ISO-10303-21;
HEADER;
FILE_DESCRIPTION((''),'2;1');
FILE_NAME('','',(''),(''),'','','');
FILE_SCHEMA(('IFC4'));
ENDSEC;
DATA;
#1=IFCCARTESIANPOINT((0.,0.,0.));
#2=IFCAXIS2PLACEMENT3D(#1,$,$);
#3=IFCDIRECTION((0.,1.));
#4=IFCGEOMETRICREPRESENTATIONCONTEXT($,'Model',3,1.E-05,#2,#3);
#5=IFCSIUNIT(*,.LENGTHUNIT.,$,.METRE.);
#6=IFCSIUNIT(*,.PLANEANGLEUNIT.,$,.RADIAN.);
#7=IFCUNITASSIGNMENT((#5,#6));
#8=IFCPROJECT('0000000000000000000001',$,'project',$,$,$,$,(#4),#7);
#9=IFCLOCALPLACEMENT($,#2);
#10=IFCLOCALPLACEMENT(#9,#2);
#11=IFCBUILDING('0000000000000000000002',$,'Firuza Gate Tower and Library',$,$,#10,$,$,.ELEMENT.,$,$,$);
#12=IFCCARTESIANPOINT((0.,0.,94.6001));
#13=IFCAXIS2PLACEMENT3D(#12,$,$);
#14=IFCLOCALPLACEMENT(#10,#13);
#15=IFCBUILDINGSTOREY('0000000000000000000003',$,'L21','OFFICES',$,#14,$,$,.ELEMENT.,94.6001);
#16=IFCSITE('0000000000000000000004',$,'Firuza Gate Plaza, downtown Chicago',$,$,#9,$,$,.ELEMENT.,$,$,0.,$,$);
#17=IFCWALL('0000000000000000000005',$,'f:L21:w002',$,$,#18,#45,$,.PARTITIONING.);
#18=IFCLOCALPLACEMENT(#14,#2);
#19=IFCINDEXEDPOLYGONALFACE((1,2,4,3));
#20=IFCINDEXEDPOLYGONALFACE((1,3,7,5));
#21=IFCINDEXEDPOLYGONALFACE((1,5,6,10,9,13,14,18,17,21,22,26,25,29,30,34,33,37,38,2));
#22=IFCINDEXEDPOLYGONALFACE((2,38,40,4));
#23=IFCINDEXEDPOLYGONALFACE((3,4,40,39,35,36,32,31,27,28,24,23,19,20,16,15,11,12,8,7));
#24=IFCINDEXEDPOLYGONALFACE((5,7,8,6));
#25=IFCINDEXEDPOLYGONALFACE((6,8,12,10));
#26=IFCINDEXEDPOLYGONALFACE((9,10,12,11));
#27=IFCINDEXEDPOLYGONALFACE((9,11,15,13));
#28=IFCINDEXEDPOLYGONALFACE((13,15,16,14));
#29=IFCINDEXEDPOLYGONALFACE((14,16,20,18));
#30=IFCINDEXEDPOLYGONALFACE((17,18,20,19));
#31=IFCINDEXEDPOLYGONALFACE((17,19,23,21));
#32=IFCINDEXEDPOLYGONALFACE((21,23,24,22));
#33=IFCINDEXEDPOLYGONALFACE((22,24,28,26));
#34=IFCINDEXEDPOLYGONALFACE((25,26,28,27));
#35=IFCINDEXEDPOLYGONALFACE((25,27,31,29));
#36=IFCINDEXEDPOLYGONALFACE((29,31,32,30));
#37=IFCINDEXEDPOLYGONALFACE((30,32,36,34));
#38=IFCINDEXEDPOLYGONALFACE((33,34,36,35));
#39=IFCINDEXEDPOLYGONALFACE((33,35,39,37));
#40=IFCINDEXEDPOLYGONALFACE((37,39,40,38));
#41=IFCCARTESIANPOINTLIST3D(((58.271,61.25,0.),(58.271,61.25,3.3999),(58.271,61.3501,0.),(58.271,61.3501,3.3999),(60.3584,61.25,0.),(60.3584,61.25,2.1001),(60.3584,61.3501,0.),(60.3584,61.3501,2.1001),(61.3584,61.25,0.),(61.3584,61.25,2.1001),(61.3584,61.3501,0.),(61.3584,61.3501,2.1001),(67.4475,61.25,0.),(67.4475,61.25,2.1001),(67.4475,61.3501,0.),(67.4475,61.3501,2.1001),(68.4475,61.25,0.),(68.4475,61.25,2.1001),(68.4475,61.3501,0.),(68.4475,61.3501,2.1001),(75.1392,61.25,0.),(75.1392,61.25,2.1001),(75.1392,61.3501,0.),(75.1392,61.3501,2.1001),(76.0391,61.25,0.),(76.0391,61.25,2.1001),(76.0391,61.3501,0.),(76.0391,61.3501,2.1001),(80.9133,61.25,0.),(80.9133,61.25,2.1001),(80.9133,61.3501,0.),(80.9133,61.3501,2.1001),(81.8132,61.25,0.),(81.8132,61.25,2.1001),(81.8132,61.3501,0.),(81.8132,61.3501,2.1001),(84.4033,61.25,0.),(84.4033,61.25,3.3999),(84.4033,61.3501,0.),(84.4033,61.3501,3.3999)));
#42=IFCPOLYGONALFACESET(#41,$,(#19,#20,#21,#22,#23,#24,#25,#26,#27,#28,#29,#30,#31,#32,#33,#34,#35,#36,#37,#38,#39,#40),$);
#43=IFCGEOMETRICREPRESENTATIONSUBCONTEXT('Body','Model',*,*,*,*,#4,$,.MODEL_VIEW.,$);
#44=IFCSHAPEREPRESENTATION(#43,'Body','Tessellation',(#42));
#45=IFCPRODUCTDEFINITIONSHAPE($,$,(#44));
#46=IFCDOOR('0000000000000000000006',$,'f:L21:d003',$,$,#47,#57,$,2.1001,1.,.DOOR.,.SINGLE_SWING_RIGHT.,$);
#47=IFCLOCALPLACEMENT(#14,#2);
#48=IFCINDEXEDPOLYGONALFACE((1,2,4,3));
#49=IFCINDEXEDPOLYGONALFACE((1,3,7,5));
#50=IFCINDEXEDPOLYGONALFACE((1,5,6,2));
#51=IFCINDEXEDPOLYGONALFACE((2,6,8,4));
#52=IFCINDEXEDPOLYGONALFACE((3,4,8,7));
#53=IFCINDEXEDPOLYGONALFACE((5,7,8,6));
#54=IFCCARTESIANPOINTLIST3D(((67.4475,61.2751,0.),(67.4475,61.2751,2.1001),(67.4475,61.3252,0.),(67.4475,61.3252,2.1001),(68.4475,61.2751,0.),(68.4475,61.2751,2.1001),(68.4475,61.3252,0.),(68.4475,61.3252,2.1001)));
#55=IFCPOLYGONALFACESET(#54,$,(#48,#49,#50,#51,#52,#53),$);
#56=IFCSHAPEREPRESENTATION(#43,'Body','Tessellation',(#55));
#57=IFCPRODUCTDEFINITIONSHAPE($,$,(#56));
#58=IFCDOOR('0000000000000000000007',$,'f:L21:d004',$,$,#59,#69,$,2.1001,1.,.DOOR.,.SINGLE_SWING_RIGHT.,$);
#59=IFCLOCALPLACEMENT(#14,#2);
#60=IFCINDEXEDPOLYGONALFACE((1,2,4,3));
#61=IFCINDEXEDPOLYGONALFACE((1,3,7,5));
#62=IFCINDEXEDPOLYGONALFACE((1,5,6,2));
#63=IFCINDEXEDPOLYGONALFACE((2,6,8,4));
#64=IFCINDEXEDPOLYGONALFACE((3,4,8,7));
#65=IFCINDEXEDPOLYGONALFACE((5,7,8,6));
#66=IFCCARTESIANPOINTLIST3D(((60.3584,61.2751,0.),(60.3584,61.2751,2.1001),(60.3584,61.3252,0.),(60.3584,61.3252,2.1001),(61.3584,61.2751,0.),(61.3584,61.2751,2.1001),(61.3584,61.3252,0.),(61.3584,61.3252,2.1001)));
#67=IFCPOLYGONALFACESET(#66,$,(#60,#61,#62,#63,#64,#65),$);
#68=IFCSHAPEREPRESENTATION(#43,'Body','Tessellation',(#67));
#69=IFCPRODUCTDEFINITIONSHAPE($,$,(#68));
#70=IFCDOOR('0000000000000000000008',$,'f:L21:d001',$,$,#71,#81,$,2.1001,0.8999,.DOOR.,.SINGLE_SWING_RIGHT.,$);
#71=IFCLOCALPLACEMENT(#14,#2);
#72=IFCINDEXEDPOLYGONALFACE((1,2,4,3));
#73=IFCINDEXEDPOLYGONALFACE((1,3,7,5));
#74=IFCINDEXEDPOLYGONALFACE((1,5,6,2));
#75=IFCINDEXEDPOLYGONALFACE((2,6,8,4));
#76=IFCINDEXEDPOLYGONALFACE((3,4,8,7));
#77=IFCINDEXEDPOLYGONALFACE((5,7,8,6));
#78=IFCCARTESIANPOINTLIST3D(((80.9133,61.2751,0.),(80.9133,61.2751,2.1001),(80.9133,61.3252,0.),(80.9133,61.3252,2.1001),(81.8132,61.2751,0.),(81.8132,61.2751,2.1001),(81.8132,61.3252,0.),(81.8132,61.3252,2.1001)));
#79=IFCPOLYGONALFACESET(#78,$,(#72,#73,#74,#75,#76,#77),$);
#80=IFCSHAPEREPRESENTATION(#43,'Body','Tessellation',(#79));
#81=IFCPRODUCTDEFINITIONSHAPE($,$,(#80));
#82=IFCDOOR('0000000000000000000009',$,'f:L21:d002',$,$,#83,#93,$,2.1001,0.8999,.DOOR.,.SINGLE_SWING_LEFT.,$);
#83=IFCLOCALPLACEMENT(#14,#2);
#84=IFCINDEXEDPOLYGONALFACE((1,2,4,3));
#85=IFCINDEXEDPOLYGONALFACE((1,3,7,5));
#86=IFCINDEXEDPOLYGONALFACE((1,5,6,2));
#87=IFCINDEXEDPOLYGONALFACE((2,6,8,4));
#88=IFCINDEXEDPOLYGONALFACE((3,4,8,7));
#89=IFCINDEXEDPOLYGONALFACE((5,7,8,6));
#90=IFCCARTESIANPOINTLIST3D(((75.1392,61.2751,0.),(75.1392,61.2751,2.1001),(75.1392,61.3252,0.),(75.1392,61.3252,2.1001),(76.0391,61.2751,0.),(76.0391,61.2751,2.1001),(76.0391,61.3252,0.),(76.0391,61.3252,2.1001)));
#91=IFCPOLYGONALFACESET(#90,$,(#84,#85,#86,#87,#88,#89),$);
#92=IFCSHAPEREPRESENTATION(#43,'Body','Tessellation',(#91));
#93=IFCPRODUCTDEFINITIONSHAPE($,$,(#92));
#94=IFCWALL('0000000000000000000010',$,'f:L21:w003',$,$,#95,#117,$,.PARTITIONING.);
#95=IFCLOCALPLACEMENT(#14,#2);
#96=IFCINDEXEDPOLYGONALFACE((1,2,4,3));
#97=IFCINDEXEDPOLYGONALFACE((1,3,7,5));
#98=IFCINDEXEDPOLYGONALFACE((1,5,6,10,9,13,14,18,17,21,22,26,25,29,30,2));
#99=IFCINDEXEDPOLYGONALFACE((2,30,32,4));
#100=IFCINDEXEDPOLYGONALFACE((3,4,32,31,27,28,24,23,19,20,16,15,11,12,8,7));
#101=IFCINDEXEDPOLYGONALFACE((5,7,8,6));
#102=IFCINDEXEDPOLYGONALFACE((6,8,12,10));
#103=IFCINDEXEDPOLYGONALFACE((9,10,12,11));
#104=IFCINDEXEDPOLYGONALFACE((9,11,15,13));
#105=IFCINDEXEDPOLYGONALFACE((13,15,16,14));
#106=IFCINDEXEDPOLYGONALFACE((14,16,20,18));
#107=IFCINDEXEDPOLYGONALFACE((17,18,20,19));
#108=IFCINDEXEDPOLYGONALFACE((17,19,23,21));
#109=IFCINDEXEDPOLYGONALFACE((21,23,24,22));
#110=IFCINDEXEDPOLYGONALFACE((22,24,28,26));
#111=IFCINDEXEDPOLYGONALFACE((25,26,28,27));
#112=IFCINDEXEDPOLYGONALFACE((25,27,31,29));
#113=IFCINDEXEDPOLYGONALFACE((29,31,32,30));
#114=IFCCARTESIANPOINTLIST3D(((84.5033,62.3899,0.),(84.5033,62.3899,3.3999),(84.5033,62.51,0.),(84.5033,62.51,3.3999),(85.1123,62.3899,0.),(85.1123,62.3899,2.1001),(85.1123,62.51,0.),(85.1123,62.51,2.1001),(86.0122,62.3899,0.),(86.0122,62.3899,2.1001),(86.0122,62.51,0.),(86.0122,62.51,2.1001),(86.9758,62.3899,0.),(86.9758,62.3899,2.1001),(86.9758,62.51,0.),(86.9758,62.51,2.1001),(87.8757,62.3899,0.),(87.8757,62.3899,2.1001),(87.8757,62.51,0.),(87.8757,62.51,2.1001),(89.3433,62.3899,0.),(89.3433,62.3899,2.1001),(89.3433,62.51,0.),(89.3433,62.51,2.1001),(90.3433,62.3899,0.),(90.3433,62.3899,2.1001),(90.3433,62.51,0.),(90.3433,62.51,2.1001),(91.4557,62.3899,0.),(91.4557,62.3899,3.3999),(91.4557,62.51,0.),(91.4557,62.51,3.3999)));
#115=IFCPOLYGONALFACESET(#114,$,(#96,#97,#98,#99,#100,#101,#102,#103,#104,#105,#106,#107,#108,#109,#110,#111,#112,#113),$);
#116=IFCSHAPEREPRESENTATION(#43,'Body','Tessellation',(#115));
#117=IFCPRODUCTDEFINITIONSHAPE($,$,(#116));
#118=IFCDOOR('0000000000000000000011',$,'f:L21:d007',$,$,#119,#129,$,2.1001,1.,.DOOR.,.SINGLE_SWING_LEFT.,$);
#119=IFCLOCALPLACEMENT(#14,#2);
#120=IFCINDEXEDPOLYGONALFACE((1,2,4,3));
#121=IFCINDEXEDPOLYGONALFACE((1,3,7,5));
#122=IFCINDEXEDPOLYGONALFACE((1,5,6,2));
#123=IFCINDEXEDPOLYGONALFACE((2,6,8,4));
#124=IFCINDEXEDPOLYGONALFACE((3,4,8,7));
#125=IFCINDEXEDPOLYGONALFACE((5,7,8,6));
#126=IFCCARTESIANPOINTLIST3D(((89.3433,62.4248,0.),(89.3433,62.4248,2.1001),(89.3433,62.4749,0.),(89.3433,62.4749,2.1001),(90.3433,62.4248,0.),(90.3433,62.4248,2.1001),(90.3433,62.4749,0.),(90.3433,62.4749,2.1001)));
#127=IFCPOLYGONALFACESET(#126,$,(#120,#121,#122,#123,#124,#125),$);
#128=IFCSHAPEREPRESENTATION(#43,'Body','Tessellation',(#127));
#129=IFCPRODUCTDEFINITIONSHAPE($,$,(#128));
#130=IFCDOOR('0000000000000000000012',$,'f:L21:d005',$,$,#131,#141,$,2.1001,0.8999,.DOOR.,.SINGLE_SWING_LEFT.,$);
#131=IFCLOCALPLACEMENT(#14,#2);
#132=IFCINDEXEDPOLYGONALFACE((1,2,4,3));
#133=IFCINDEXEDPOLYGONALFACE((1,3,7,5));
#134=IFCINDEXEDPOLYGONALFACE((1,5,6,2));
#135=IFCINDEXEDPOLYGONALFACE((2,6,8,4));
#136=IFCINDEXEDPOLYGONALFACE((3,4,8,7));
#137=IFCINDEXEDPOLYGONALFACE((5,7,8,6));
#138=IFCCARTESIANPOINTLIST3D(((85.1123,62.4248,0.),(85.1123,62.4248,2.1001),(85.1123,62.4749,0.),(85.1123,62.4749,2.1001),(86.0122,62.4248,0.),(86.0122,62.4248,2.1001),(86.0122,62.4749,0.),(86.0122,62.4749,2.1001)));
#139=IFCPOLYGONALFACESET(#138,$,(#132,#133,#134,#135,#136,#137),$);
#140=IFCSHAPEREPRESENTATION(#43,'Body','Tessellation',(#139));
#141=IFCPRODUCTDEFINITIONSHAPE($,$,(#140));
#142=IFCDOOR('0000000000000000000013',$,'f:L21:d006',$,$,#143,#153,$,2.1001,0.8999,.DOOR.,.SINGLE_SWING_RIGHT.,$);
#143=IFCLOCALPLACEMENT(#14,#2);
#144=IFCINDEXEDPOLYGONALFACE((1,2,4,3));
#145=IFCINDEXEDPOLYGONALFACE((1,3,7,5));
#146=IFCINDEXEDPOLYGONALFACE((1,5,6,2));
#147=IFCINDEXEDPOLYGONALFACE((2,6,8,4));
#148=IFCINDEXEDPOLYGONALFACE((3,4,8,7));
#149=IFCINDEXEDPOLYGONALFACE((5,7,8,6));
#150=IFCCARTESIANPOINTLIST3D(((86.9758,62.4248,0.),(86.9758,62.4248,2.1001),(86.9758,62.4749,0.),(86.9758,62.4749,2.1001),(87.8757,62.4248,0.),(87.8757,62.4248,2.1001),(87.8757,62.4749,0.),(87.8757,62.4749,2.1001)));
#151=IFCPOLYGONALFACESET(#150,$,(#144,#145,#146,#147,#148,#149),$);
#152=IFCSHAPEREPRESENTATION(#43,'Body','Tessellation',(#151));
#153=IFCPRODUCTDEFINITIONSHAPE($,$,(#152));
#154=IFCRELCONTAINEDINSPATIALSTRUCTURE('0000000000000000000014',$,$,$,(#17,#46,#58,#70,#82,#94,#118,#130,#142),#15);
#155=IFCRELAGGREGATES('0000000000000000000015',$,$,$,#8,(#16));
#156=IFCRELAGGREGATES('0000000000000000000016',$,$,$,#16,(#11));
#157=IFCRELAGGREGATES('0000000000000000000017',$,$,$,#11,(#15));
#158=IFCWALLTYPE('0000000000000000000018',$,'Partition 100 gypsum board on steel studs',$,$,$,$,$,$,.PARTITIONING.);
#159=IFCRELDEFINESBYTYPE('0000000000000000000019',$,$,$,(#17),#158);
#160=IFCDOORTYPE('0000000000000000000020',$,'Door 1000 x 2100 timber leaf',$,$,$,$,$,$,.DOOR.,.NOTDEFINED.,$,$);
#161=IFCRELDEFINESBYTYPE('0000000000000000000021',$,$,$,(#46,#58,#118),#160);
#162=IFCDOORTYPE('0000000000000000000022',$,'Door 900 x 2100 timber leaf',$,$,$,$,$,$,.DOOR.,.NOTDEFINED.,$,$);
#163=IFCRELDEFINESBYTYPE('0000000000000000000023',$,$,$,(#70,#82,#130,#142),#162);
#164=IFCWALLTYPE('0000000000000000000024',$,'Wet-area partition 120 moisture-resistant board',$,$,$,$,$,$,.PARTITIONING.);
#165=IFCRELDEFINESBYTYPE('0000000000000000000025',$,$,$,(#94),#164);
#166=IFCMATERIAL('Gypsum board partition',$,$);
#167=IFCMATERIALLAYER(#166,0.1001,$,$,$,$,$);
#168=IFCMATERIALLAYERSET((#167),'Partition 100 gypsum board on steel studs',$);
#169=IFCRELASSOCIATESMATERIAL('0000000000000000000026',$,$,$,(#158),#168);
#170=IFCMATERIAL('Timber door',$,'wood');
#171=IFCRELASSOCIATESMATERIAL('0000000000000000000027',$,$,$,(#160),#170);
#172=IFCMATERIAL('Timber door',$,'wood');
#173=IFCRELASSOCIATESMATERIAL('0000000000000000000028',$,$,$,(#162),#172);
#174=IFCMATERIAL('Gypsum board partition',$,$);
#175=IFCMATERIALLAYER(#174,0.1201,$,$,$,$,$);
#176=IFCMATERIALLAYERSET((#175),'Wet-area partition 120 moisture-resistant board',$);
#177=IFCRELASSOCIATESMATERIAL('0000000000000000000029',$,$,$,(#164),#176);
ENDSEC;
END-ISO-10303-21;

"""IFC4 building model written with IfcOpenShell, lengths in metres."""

from ifc_helpers import new_model, si_unit, direction, frame, frame_2d, origin, place, context, subcontext, project, spatial, rectangle, extrude, material, layer, layer_set, type_object, element, fill, save


model = new_model("IFC4")

# Units and contexts
model_context = context("Model", 3, precision=1e-05, world=origin(), true_north=direction((0.0, 1.0)))
body_context = subcontext(model_context, "Body", "Model", "MODEL_VIEW")
ifc_project = project(units=[si_unit("LENGTHUNIT", "METRE"), si_unit("PLANEANGLEUNIT", "RADIAN")], contexts=[model_context])

# Site, building, storey
site_placement = place(None, origin())
site = spatial("IfcSite", under=ifc_project, at=site_placement, Name="Firuza Gate Plaza, downtown Chicago", CompositionType="ELEMENT", RefElevation=0.0)
building_placement = place(site_placement, origin())
building = spatial("IfcBuilding", under=site, at=building_placement, Name="Firuza Gate Tower and Library", CompositionType="ELEMENT")
storey_placement = place(building_placement, frame((0.0, 0.0, 94.6001)))
storey = spatial("IfcBuildingStorey", under=building, at=storey_placement, Name="L21", Description="OFFICES", CompositionType="ELEMENT", Elevation=94.6001)

# Walls, openings, doors
ifc_material_1 = material(Name="Gypsum board partition")
ifc_layer_1 = layer(ifc_material_1, 0.1001)
ifc_layer_set_1 = layer_set([ifc_layer_1], Name="Partition 100 gypsum board on steel studs")
wall_type_1 = type_object("IfcWallType", Name="Partition 100 gypsum board on steel studs", PredefinedType="PARTITIONING", material=ifc_layer_set_1)
wall_1_placement = place(storey_placement, frame((84.4033, 61.3, 0.0), z_axis=(0.0, 0.0, 1.0), x_axis=(-1.0, 0.0, 0.0)))
wall_1 = element("IfcWall", 1, at=wall_1_placement, inside=storey, type_object=wall_type_1, Name="f:L21:w002", PredefinedType="PARTITIONING", context=body_context, shape_type="SweptSolid", body=[
    extrude(rectangle(XDim=26.1323, YDim=0.1001, at=frame_2d((13.0662, 0.0))), origin(), (0.0, 0.0, 1.0), 3.3999),
])
opening_1_placement = place(wall_1_placement, frame((2.5901, 0.0, 0.0)))
opening_1 = element("IfcOpeningElement", 2, at=opening_1_placement, cuts=wall_1, PredefinedType="OPENING", context=body_context, shape_type="SweptSolid", body=[
    extrude(rectangle(XDim=0.8999, YDim=2.1001, at=frame_2d((0.45, 1.05))), frame((0.0, 0.0601, 0.0), z_axis=(0.0, -1.0, 0.0), x_axis=(1.0, 0.0, 0.0)), (0.0, 0.0, 1.0), 0.1201),
])
opening_2_placement = place(wall_1_placement, frame((8.3643, 0.0, 0.0)))
opening_2 = element("IfcOpeningElement", 3, at=opening_2_placement, cuts=wall_1, PredefinedType="OPENING", context=body_context, shape_type="SweptSolid", body=[
    extrude(rectangle(XDim=0.8999, YDim=2.1001, at=frame_2d((0.45, 1.05))), frame((0.0, 0.0601, 0.0), z_axis=(0.0, -1.0, 0.0), x_axis=(1.0, 0.0, 0.0)), (0.0, 0.0, 1.0), 0.1201),
])
opening_3_placement = place(wall_1_placement, frame((15.9558, 0.0, 0.0)))
opening_3 = element("IfcOpeningElement", 4, at=opening_3_placement, cuts=wall_1, PredefinedType="OPENING", context=body_context, shape_type="SweptSolid", body=[
    extrude(rectangle(XDim=1.0, YDim=2.1001, at=frame_2d((0.5, 1.05))), frame((0.0, 0.0601, 0.0), z_axis=(0.0, -1.0, 0.0), x_axis=(1.0, 0.0, 0.0)), (0.0, 0.0, 1.0), 0.1201),
])
opening_4_placement = place(wall_1_placement, frame((23.0449, 0.0, 0.0)))
opening_4 = element("IfcOpeningElement", 5, at=opening_4_placement, cuts=wall_1, PredefinedType="OPENING", context=body_context, shape_type="SweptSolid", body=[
    extrude(rectangle(XDim=1.0, YDim=2.1001, at=frame_2d((0.5, 1.05))), frame((0.0, 0.0601, 0.0), z_axis=(0.0, -1.0, 0.0), x_axis=(1.0, 0.0, 0.0)), (0.0, 0.0, 1.0), 0.1201),
])
ifc_material_2 = material(Name="Timber door", Category="wood")
door_type_1 = type_object("IfcDoorType", Name="Door 1000 x 2100 timber leaf", OperationType="NOTDEFINED", PredefinedType="DOOR", material=ifc_material_2)
door_1_placement = place(opening_3_placement, origin())
door_1 = element("IfcDoor", 6, at=door_1_placement, inside=storey, type_object=door_type_1, Name="f:L21:d003", OperationType="SINGLE_SWING_RIGHT", OverallHeight=2.1001, OverallWidth=1.0, PredefinedType="DOOR", context=body_context, shape_type="SweptSolid", body=[
    extrude(rectangle(XDim=1.0, YDim=2.1001, at=frame_2d((0.5, 1.05))), frame((0.0, 0.0249, 0.0), z_axis=(0.0, -1.0, 0.0), x_axis=(1.0, 0.0, 0.0)), (0.0, 0.0, 1.0), 0.05),
])
fill(opening_3, door_1)
door_2_placement = place(opening_4_placement, origin())
door_2 = element("IfcDoor", 7, at=door_2_placement, inside=storey, type_object=door_type_1, Name="f:L21:d004", OperationType="SINGLE_SWING_RIGHT", OverallHeight=2.1001, OverallWidth=1.0, PredefinedType="DOOR", context=body_context, shape_type="SweptSolid", body=[
    extrude(rectangle(XDim=1.0, YDim=2.1001, at=frame_2d((0.5, 1.05))), frame((0.0, 0.0249, 0.0), z_axis=(0.0, -1.0, 0.0), x_axis=(1.0, 0.0, 0.0)), (0.0, 0.0, 1.0), 0.05),
])
fill(opening_4, door_2)
ifc_material_3 = material(Name="Timber door", Category="wood")
door_type_2 = type_object("IfcDoorType", Name="Door 900 x 2100 timber leaf", OperationType="NOTDEFINED", PredefinedType="DOOR", material=ifc_material_3)
door_3_placement = place(opening_1_placement, origin())
door_3 = element("IfcDoor", 8, at=door_3_placement, inside=storey, type_object=door_type_2, Name="f:L21:d001", OperationType="SINGLE_SWING_RIGHT", OverallHeight=2.1001, OverallWidth=0.8999, PredefinedType="DOOR", context=body_context, shape_type="SweptSolid", body=[
    extrude(rectangle(XDim=0.8999, YDim=2.1001, at=frame_2d((0.45, 1.05))), frame((0.0, 0.0249, 0.0), z_axis=(0.0, -1.0, 0.0), x_axis=(1.0, 0.0, 0.0)), (0.0, 0.0, 1.0), 0.05),
])
fill(opening_1, door_3)
door_4_placement = place(opening_2_placement, origin())
door_4 = element("IfcDoor", 9, at=door_4_placement, inside=storey, type_object=door_type_2, Name="f:L21:d002", OperationType="SINGLE_SWING_LEFT", OverallHeight=2.1001, OverallWidth=0.8999, PredefinedType="DOOR", context=body_context, shape_type="SweptSolid", body=[
    extrude(rectangle(XDim=0.8999, YDim=2.1001, at=frame_2d((0.45, 1.05))), frame((0.0, 0.0249, 0.0), z_axis=(0.0, -1.0, 0.0), x_axis=(1.0, 0.0, 0.0)), (0.0, 0.0, 1.0), 0.05),
])
fill(opening_2, door_4)
ifc_material_4 = material(Name="Gypsum board partition")
ifc_layer_2 = layer(ifc_material_4, 0.1201)
ifc_layer_set_2 = layer_set([ifc_layer_2], Name="Wet-area partition 120 moisture-resistant board")
wall_type_2 = type_object("IfcWallType", Name="Wet-area partition 120 moisture-resistant board", PredefinedType="PARTITIONING", material=ifc_layer_set_2)
wall_2_placement = place(storey_placement, frame((84.5034, 62.45, 0.0), z_axis=(0.0, 0.0, 1.0), x_axis=(1.0, 0.0, 0.0)))
wall_2 = element("IfcWall", 10, at=wall_2_placement, inside=storey, type_object=wall_type_2, Name="f:L21:w003", PredefinedType="PARTITIONING", context=body_context, shape_type="SweptSolid", body=[
    extrude(rectangle(XDim=6.9524, YDim=0.1201, at=frame_2d((3.4761, 0.0))), origin(), (0.0, 0.0, 1.0), 3.3999),
])
opening_5_placement = place(wall_2_placement, frame((0.6089, 0.0, 0.0)))
opening_5 = element("IfcOpeningElement", 11, at=opening_5_placement, cuts=wall_2, PredefinedType="OPENING", context=body_context, shape_type="SweptSolid", body=[
    extrude(rectangle(XDim=0.8999, YDim=2.1001, at=frame_2d((0.45, 1.05))), frame((0.0, 0.0701, 0.0), z_axis=(0.0, -1.0, 0.0), x_axis=(1.0, 0.0, 0.0)), (0.0, 0.0, 1.0), 0.1401),
])
opening_6_placement = place(wall_2_placement, frame((2.4724, 0.0, 0.0)))
opening_6 = element("IfcOpeningElement", 12, at=opening_6_placement, cuts=wall_2, PredefinedType="OPENING", context=body_context, shape_type="SweptSolid", body=[
    extrude(rectangle(XDim=0.8999, YDim=2.1001, at=frame_2d((0.45, 1.05))), frame((0.0, 0.0701, 0.0), z_axis=(0.0, -1.0, 0.0), x_axis=(1.0, 0.0, 0.0)), (0.0, 0.0, 1.0), 0.1401),
])
opening_7_placement = place(wall_2_placement, frame((4.8398, 0.0, 0.0)))
opening_7 = element("IfcOpeningElement", 13, at=opening_7_placement, cuts=wall_2, PredefinedType="OPENING", context=body_context, shape_type="SweptSolid", body=[
    extrude(rectangle(XDim=1.0, YDim=2.1001, at=frame_2d((0.5, 1.05))), frame((0.0, 0.0701, 0.0), z_axis=(0.0, -1.0, 0.0), x_axis=(1.0, 0.0, 0.0)), (0.0, 0.0, 1.0), 0.1401),
])
door_5_placement = place(opening_7_placement, origin())
door_5 = element("IfcDoor", 14, at=door_5_placement, inside=storey, type_object=door_type_1, Name="f:L21:d007", OperationType="SINGLE_SWING_LEFT", OverallHeight=2.1001, OverallWidth=1.0, PredefinedType="DOOR", context=body_context, shape_type="SweptSolid", body=[
    extrude(rectangle(XDim=1.0, YDim=2.1001, at=frame_2d((0.5, 1.05))), frame((0.0, 0.0249, 0.0), z_axis=(0.0, -1.0, 0.0), x_axis=(1.0, 0.0, 0.0)), (0.0, 0.0, 1.0), 0.05),
])
fill(opening_7, door_5)
door_6_placement = place(opening_5_placement, origin())
door_6 = element("IfcDoor", 15, at=door_6_placement, inside=storey, type_object=door_type_2, Name="f:L21:d005", OperationType="SINGLE_SWING_LEFT", OverallHeight=2.1001, OverallWidth=0.8999, PredefinedType="DOOR", context=body_context, shape_type="SweptSolid", body=[
    extrude(rectangle(XDim=0.8999, YDim=2.1001, at=frame_2d((0.45, 1.05))), frame((0.0, 0.0249, 0.0), z_axis=(0.0, -1.0, 0.0), x_axis=(1.0, 0.0, 0.0)), (0.0, 0.0, 1.0), 0.05),
])
fill(opening_5, door_6)
door_7_placement = place(opening_6_placement, origin())
door_7 = element("IfcDoor", 16, at=door_7_placement, inside=storey, type_object=door_type_2, Name="f:L21:d006", OperationType="SINGLE_SWING_RIGHT", OverallHeight=2.1001, OverallWidth=0.8999, PredefinedType="DOOR", context=body_context, shape_type="SweptSolid", body=[
    extrude(rectangle(XDim=0.8999, YDim=2.1001, at=frame_2d((0.45, 1.05))), frame((0.0, 0.0249, 0.0), z_axis=(0.0, -1.0, 0.0), x_axis=(1.0, 0.0, 0.0)), (0.0, 0.0, 1.0), 0.05),
])
fill(opening_6, door_7)

save(model, "model.ifc")
